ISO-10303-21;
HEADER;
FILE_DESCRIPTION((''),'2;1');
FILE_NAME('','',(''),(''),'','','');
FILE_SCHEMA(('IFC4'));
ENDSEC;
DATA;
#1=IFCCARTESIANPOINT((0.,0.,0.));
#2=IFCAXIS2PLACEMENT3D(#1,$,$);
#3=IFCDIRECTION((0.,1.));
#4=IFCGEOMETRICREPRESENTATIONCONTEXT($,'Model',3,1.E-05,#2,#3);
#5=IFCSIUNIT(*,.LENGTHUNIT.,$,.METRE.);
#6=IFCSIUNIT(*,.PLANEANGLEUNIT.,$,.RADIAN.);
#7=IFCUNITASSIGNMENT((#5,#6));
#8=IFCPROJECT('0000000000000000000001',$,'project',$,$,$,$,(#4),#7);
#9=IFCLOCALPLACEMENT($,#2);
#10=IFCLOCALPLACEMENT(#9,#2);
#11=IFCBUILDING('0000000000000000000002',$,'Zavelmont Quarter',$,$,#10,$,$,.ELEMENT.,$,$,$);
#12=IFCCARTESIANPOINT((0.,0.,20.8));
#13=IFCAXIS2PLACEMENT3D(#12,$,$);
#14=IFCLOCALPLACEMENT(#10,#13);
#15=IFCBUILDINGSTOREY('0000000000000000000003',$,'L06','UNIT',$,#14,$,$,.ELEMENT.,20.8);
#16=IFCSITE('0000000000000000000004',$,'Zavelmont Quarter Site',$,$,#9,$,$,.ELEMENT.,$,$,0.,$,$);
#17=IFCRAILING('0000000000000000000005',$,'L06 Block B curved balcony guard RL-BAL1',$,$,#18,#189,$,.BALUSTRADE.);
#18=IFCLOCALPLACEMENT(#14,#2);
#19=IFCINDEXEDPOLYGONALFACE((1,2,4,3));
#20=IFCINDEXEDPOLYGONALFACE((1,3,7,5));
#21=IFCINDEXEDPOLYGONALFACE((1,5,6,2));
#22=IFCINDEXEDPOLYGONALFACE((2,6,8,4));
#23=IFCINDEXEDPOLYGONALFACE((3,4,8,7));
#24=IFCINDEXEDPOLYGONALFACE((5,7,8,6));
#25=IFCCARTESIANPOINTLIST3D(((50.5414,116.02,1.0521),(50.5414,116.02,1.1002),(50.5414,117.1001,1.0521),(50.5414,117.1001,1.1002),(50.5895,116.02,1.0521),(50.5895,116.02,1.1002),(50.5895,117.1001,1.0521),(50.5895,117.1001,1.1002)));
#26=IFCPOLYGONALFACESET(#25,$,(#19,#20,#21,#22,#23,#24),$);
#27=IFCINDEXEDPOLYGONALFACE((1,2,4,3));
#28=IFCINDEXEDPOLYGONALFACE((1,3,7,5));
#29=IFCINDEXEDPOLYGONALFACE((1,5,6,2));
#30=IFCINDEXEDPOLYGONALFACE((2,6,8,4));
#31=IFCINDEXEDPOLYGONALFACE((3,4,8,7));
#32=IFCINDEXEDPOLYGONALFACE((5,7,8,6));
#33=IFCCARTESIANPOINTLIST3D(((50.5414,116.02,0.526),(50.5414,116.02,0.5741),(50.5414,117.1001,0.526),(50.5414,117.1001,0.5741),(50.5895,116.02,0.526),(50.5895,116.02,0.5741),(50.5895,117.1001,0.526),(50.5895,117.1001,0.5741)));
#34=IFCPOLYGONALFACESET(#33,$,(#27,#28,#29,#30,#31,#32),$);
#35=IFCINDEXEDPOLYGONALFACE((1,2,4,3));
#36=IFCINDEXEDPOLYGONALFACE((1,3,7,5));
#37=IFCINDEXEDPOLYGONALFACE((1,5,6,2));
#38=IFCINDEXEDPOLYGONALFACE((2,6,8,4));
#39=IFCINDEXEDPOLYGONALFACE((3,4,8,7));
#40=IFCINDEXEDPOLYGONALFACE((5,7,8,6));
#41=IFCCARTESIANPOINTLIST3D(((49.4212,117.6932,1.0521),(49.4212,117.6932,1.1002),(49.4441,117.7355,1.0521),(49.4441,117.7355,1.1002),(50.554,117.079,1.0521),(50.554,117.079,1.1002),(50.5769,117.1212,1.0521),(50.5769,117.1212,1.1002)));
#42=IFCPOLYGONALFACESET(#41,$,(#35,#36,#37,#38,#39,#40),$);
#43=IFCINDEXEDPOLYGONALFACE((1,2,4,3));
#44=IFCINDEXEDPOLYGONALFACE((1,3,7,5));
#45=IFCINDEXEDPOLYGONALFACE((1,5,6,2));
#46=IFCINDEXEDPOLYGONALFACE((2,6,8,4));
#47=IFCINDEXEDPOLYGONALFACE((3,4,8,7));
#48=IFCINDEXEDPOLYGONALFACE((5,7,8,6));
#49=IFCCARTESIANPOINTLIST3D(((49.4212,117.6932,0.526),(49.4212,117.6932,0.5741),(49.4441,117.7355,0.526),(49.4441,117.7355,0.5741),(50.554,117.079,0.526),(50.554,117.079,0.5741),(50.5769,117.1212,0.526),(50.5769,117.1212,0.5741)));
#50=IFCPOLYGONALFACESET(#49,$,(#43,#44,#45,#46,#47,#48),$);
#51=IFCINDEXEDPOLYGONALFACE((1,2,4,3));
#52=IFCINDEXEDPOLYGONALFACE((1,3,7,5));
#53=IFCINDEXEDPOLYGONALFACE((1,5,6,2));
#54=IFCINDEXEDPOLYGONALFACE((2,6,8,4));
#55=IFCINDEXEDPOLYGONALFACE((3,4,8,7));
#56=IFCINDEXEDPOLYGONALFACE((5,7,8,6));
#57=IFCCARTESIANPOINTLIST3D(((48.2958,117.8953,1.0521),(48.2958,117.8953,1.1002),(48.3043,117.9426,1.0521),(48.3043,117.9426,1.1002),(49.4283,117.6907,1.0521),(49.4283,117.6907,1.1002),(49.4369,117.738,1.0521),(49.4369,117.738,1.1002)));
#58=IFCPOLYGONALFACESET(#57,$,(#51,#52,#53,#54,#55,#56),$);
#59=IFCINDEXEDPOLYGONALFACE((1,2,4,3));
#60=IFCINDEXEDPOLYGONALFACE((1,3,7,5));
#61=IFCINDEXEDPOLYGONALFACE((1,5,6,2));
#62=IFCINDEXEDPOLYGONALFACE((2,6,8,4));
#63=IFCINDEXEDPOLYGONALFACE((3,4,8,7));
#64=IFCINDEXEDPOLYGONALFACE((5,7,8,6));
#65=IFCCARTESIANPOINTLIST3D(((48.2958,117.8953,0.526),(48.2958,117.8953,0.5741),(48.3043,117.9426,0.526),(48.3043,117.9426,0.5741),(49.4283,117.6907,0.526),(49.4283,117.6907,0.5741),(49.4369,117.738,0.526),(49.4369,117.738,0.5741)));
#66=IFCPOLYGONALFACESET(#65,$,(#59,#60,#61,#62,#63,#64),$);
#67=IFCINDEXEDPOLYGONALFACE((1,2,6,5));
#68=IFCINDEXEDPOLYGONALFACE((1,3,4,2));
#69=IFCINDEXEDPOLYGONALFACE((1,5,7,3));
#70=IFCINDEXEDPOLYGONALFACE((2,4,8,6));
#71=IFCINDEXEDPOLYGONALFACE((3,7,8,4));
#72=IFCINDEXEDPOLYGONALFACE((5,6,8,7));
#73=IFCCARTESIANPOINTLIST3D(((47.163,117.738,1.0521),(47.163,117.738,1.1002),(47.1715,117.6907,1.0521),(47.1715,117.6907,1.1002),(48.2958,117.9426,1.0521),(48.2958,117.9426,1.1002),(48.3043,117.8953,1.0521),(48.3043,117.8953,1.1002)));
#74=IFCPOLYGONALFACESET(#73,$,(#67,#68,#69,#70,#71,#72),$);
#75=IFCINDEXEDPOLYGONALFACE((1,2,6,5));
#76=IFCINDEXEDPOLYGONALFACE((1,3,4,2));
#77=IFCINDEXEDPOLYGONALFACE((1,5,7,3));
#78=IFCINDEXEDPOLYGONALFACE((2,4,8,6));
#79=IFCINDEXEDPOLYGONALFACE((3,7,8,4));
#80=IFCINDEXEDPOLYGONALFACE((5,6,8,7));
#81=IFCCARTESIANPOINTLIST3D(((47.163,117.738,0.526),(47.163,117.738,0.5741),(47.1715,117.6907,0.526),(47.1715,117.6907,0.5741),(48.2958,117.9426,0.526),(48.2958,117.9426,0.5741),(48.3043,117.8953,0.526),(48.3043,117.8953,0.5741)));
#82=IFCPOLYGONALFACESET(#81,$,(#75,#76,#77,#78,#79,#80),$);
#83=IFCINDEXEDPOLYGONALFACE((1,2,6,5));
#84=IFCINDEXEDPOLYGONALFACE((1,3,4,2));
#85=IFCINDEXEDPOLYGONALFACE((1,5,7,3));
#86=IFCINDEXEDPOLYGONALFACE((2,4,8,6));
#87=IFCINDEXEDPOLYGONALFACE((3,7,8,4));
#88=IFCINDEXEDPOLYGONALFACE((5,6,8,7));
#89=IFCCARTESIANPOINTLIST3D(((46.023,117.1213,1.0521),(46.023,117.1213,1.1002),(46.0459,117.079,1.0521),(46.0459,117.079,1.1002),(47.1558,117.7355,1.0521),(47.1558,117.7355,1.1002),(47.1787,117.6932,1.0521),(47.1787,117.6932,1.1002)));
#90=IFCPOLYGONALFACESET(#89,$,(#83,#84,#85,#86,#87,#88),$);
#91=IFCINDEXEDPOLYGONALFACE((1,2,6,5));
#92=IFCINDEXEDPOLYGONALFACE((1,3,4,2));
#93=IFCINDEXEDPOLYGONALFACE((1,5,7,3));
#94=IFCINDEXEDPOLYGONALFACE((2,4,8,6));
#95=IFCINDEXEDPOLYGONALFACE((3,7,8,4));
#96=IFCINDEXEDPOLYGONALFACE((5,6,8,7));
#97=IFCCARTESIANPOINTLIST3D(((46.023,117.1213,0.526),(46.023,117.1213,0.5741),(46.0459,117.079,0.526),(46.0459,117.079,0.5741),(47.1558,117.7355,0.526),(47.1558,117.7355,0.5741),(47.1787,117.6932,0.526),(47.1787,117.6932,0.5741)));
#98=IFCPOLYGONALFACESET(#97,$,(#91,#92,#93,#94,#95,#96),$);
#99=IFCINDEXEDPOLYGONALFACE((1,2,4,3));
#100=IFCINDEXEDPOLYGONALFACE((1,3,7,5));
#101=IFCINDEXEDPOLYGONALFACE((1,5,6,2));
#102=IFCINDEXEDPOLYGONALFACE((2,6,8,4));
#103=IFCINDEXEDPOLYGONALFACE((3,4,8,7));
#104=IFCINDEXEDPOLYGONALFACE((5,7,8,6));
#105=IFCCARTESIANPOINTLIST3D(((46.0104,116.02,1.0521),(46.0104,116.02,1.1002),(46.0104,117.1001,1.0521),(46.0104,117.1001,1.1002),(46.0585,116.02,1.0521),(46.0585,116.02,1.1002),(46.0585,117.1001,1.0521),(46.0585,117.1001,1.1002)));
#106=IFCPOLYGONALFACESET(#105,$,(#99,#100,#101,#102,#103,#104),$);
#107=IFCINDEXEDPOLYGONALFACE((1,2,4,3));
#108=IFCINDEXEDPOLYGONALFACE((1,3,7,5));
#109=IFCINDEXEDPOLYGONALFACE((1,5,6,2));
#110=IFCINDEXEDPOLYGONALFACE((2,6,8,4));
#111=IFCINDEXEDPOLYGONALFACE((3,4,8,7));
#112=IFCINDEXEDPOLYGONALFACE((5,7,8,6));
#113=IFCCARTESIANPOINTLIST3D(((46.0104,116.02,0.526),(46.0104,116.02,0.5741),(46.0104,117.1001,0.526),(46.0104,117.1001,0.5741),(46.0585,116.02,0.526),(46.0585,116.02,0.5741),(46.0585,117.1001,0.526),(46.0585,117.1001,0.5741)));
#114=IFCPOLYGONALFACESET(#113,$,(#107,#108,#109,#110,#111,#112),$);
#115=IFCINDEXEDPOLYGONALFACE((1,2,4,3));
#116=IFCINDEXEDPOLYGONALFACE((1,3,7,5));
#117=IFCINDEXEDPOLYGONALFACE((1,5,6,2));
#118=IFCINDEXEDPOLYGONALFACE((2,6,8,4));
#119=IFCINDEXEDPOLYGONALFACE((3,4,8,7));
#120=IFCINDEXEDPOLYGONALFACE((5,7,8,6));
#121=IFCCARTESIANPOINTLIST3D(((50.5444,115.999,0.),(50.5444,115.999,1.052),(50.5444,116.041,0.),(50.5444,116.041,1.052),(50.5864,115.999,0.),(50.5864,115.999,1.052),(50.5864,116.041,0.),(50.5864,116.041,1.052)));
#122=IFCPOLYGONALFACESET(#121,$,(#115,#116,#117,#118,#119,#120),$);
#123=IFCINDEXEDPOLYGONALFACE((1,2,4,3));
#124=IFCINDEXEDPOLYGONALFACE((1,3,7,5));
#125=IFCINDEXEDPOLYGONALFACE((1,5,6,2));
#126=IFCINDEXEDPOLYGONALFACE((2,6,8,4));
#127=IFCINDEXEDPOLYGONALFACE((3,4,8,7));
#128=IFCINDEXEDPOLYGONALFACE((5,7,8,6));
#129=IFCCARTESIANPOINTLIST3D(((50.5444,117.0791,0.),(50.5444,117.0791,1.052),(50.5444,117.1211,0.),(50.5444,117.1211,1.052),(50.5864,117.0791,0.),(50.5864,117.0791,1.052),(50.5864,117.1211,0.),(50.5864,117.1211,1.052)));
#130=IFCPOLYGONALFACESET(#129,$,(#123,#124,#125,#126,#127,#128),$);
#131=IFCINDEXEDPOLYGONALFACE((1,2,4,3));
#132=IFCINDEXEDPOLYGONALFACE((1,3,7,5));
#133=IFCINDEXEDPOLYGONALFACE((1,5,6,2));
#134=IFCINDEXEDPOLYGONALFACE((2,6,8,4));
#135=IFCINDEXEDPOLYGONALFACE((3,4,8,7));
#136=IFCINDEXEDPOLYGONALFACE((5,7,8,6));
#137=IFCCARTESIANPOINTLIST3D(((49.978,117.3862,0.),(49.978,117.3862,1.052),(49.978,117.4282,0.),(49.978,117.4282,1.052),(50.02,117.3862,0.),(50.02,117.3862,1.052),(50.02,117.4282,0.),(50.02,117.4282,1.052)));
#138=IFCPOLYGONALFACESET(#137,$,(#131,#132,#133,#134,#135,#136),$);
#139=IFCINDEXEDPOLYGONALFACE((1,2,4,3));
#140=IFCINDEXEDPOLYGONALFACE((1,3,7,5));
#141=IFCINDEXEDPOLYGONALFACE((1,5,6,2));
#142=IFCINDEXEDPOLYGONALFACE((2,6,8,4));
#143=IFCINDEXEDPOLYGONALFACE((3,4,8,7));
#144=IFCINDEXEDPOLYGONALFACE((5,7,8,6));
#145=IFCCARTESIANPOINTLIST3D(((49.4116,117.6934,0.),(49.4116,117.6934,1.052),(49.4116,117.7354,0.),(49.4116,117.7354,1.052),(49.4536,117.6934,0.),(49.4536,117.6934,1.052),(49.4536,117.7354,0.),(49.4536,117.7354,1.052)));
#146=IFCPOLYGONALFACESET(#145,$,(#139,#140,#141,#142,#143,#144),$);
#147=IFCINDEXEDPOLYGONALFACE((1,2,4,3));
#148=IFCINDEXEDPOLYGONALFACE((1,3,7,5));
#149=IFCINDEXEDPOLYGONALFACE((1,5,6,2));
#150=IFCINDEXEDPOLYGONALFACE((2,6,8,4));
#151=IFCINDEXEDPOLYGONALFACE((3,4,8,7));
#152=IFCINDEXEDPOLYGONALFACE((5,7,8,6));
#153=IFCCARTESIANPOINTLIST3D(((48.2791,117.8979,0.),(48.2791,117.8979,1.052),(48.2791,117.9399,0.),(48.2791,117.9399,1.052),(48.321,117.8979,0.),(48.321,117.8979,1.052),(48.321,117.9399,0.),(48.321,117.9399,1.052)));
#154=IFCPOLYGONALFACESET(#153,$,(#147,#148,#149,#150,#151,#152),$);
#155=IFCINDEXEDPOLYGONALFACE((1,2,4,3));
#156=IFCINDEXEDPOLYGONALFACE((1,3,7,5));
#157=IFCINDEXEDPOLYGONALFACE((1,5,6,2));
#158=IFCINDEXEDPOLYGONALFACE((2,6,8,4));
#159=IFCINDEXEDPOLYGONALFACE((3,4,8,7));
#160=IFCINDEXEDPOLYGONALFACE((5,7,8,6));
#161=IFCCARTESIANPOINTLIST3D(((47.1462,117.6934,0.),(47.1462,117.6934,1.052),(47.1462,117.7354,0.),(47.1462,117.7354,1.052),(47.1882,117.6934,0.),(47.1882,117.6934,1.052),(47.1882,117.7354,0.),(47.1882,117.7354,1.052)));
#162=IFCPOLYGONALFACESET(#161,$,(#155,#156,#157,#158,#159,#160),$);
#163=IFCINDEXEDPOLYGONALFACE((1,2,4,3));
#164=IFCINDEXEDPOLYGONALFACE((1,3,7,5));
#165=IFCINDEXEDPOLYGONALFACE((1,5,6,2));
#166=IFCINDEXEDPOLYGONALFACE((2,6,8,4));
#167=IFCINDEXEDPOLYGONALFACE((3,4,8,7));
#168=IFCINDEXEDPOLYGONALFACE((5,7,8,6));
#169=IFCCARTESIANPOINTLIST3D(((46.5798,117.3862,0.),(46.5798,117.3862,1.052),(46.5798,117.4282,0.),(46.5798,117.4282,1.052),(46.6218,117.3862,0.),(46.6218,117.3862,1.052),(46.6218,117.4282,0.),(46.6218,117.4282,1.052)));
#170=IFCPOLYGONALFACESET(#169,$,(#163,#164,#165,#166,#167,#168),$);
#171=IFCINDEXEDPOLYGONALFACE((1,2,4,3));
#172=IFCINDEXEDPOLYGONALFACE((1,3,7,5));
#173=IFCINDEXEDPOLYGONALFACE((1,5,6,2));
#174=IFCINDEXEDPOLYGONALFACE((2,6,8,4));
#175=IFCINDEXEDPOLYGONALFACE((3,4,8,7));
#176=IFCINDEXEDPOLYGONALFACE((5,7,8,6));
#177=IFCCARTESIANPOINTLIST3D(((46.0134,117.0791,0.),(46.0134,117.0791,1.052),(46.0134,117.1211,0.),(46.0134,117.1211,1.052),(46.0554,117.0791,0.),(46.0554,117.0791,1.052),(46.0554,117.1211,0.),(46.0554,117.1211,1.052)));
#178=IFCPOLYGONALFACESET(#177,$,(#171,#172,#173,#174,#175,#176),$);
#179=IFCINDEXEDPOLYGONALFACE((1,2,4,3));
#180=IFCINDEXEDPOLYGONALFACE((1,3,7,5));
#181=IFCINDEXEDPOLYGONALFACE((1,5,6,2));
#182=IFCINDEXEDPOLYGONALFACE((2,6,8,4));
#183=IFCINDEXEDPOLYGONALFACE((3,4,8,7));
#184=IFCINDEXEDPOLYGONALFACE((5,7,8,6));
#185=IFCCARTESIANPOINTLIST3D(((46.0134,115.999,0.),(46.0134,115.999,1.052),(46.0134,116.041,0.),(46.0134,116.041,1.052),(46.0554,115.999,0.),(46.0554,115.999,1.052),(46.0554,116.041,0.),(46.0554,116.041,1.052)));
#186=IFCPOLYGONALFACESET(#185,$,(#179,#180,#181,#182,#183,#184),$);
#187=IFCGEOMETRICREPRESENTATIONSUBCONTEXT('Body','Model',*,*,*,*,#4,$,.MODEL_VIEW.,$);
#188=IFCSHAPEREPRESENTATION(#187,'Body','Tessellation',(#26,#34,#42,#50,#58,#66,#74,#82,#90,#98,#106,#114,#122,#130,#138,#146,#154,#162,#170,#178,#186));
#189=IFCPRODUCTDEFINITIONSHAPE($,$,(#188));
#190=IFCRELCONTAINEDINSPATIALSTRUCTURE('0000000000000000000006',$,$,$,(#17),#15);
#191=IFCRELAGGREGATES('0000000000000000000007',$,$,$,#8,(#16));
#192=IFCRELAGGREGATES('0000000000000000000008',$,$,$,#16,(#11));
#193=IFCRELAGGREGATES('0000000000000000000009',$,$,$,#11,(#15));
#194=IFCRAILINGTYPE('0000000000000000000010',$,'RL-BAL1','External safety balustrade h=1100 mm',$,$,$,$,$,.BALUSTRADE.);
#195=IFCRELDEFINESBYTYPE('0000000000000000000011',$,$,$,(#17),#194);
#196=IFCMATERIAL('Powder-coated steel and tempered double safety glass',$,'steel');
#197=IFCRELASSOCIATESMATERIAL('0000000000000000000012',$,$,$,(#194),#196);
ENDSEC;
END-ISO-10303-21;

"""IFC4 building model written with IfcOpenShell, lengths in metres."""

from ifc_helpers import new_model, si_unit, direction, frame, origin, origin_2d, place, context, subcontext, project, spatial, rectangle, extrude, material, type_object, element, save


model = new_model("IFC4")

# Units and contexts
model_context = context("Model", 3, precision=1e-05, world=origin(), true_north=direction((0.0, 1.0)))
body_context = subcontext(model_context, "Body", "Model", "MODEL_VIEW")
ifc_project = project(units=[si_unit("LENGTHUNIT", "METRE"), si_unit("PLANEANGLEUNIT", "RADIAN")], contexts=[model_context])

# Site, building, storey
site_placement = place(None, origin())
site = spatial("IfcSite", under=ifc_project, at=site_placement, Name="Zavelmont Quarter Site", CompositionType="ELEMENT", RefElevation=0.0)
building_placement = place(site_placement, origin())
building = spatial("IfcBuilding", under=site, at=building_placement, Name="Zavelmont Quarter", CompositionType="ELEMENT")
storey_placement = place(building_placement, frame((0.0, 0.0, 20.8)))
storey = spatial("IfcBuildingStorey", under=building, at=storey_placement, Name="L06", Description="UNIT", CompositionType="ELEMENT", Elevation=20.8)

# Railing
ifc_material_1 = material(Name="Powder-coated steel and tempered double safety glass", Category="steel")
railing_type = type_object("IfcRailingType", Name="RL-BAL1", Description="External safety balustrade h=1100 mm", PredefinedType="BALUSTRADE", material=ifc_material_1)
railing_placement = place(storey_placement, frame((50.5654, 116.02, 0.0)))
element("IfcRailing", 1, at=railing_placement, inside=storey, type_object=railing_type, Name="L06 Block B curved balcony guard RL-BAL1", PredefinedType="BALUSTRADE", context=body_context, shape_type="SweptSolid", body=[
    extrude(rectangle(XDim=0.0481, YDim=0.0481, at=origin_2d()), frame((0.0, 0.0, 1.0762), z_axis=(0.0, 1.0, 0.0), x_axis=(-1.0, 0.0, 0.0)), (0.0, 0.0, 1.0), 1.0801),
    extrude(rectangle(XDim=0.0481, YDim=0.0481, at=origin_2d()), frame((0.0, 0.0, 0.55), z_axis=(0.0, 1.0, 0.0), x_axis=(-1.0, 0.0, 0.0)), (0.0, 0.0, 1.0), 1.0801),
    extrude(rectangle(XDim=0.0481, YDim=0.0481, at=origin_2d()), frame((0.0, 1.0801, 1.0762), z_axis=(-0.87908, 0.476674, 0.0), x_axis=(-0.476674, -0.87908, 0.0)), (0.0, 0.0, 1.0), 1.2886),
    extrude(rectangle(XDim=0.0481, YDim=0.0481, at=origin_2d()), frame((0.0, 1.0801, 0.55), z_axis=(-0.87908, 0.476674, 0.0), x_axis=(-0.476674, -0.87908, 0.0)), (0.0, 0.0, 1.0), 1.2886),
    extrude(rectangle(XDim=0.0481, YDim=0.0481, at=origin_2d()), frame((-1.1328, 1.6943, 1.0762), z_axis=(-0.984073, 0.177765, 0.0), x_axis=(-0.177765, -0.984073, 0.0)), (0.0, 0.0, 1.0), 1.1509),
    extrude(rectangle(XDim=0.0481, YDim=0.0481, at=origin_2d()), frame((-1.1328, 1.6943, 0.55), z_axis=(-0.984073, 0.177765, 0.0), x_axis=(-0.177765, -0.984073, 0.0)), (0.0, 0.0, 1.0), 1.1509),
    extrude(rectangle(XDim=0.0481, YDim=0.0481, at=origin_2d()), frame((-2.2654, 1.8989, 1.0762), z_axis=(-0.98408, -0.177728, 0.0), x_axis=(0.177728, -0.98408, 0.0)), (0.0, 0.0, 1.0), 1.1511),
    extrude(rectangle(XDim=0.0481, YDim=0.0481, at=origin_2d()), frame((-2.2654, 1.8989, 0.55), z_axis=(-0.98408, -0.177728, 0.0), x_axis=(0.177728, -0.98408, 0.0)), (0.0, 0.0, 1.0), 1.1511),
    extrude(rectangle(XDim=0.0481, YDim=0.0481, at=origin_2d()), frame((-3.3982, 1.6943, 1.0762), z_axis=(-0.87908, -0.476674, 0.0), x_axis=(0.476674, -0.87908, 0.0)), (0.0, 0.0, 1.0), 1.2886),
    extrude(rectangle(XDim=0.0481, YDim=0.0481, at=origin_2d()), frame((-3.3982, 1.6943, 0.55), z_axis=(-0.87908, -0.476674, 0.0), x_axis=(0.476674, -0.87908, 0.0)), (0.0, 0.0, 1.0), 1.2886),
    extrude(rectangle(XDim=0.0481, YDim=0.0481, at=origin_2d()), frame((-4.531, 1.0801, 1.0762), z_axis=(0.0, -1.0, 0.0), x_axis=(1.0, 0.0, 0.0)), (0.0, 0.0, 1.0), 1.0801),
    extrude(rectangle(XDim=0.0481, YDim=0.0481, at=origin_2d()), frame((-4.531, 1.0801, 0.55), z_axis=(0.0, -1.0, 0.0), x_axis=(1.0, 0.0, 0.0)), (0.0, 0.0, 1.0), 1.0801),
    extrude(rectangle(XDim=0.042, YDim=0.042, at=origin_2d()), origin(), (0.0, 0.0, 1.0), 1.052),
    extrude(rectangle(XDim=0.042, YDim=0.042, at=origin_2d()), frame((0.0, 1.0801, 0.0)), (0.0, 0.0, 1.0), 1.052),
    extrude(rectangle(XDim=0.042, YDim=0.042, at=origin_2d()), frame((-0.5664, 1.3872, 0.0)), (0.0, 0.0, 1.0), 1.052),
    extrude(rectangle(XDim=0.042, YDim=0.042, at=origin_2d()), frame((-1.1328, 1.6943, 0.0)), (0.0, 0.0, 1.0), 1.052),
    extrude(rectangle(XDim=0.042, YDim=0.042, at=origin_2d()), frame((-2.2654, 1.8989, 0.0)), (0.0, 0.0, 1.0), 1.052),
    extrude(rectangle(XDim=0.042, YDim=0.042, at=origin_2d()), frame((-3.3982, 1.6943, 0.0)), (0.0, 0.0, 1.0), 1.052),
    extrude(rectangle(XDim=0.042, YDim=0.042, at=origin_2d()), frame((-3.9646, 1.3872, 0.0)), (0.0, 0.0, 1.0), 1.052),
    extrude(rectangle(XDim=0.042, YDim=0.042, at=origin_2d()), frame((-4.531, 1.0801, 0.0)), (0.0, 0.0, 1.0), 1.052),
    extrude(rectangle(XDim=0.042, YDim=0.042, at=origin_2d()), frame((-4.531, 0.0, 0.0)), (0.0, 0.0, 1.0), 1.052),
])

save(model, "model.ifc")
